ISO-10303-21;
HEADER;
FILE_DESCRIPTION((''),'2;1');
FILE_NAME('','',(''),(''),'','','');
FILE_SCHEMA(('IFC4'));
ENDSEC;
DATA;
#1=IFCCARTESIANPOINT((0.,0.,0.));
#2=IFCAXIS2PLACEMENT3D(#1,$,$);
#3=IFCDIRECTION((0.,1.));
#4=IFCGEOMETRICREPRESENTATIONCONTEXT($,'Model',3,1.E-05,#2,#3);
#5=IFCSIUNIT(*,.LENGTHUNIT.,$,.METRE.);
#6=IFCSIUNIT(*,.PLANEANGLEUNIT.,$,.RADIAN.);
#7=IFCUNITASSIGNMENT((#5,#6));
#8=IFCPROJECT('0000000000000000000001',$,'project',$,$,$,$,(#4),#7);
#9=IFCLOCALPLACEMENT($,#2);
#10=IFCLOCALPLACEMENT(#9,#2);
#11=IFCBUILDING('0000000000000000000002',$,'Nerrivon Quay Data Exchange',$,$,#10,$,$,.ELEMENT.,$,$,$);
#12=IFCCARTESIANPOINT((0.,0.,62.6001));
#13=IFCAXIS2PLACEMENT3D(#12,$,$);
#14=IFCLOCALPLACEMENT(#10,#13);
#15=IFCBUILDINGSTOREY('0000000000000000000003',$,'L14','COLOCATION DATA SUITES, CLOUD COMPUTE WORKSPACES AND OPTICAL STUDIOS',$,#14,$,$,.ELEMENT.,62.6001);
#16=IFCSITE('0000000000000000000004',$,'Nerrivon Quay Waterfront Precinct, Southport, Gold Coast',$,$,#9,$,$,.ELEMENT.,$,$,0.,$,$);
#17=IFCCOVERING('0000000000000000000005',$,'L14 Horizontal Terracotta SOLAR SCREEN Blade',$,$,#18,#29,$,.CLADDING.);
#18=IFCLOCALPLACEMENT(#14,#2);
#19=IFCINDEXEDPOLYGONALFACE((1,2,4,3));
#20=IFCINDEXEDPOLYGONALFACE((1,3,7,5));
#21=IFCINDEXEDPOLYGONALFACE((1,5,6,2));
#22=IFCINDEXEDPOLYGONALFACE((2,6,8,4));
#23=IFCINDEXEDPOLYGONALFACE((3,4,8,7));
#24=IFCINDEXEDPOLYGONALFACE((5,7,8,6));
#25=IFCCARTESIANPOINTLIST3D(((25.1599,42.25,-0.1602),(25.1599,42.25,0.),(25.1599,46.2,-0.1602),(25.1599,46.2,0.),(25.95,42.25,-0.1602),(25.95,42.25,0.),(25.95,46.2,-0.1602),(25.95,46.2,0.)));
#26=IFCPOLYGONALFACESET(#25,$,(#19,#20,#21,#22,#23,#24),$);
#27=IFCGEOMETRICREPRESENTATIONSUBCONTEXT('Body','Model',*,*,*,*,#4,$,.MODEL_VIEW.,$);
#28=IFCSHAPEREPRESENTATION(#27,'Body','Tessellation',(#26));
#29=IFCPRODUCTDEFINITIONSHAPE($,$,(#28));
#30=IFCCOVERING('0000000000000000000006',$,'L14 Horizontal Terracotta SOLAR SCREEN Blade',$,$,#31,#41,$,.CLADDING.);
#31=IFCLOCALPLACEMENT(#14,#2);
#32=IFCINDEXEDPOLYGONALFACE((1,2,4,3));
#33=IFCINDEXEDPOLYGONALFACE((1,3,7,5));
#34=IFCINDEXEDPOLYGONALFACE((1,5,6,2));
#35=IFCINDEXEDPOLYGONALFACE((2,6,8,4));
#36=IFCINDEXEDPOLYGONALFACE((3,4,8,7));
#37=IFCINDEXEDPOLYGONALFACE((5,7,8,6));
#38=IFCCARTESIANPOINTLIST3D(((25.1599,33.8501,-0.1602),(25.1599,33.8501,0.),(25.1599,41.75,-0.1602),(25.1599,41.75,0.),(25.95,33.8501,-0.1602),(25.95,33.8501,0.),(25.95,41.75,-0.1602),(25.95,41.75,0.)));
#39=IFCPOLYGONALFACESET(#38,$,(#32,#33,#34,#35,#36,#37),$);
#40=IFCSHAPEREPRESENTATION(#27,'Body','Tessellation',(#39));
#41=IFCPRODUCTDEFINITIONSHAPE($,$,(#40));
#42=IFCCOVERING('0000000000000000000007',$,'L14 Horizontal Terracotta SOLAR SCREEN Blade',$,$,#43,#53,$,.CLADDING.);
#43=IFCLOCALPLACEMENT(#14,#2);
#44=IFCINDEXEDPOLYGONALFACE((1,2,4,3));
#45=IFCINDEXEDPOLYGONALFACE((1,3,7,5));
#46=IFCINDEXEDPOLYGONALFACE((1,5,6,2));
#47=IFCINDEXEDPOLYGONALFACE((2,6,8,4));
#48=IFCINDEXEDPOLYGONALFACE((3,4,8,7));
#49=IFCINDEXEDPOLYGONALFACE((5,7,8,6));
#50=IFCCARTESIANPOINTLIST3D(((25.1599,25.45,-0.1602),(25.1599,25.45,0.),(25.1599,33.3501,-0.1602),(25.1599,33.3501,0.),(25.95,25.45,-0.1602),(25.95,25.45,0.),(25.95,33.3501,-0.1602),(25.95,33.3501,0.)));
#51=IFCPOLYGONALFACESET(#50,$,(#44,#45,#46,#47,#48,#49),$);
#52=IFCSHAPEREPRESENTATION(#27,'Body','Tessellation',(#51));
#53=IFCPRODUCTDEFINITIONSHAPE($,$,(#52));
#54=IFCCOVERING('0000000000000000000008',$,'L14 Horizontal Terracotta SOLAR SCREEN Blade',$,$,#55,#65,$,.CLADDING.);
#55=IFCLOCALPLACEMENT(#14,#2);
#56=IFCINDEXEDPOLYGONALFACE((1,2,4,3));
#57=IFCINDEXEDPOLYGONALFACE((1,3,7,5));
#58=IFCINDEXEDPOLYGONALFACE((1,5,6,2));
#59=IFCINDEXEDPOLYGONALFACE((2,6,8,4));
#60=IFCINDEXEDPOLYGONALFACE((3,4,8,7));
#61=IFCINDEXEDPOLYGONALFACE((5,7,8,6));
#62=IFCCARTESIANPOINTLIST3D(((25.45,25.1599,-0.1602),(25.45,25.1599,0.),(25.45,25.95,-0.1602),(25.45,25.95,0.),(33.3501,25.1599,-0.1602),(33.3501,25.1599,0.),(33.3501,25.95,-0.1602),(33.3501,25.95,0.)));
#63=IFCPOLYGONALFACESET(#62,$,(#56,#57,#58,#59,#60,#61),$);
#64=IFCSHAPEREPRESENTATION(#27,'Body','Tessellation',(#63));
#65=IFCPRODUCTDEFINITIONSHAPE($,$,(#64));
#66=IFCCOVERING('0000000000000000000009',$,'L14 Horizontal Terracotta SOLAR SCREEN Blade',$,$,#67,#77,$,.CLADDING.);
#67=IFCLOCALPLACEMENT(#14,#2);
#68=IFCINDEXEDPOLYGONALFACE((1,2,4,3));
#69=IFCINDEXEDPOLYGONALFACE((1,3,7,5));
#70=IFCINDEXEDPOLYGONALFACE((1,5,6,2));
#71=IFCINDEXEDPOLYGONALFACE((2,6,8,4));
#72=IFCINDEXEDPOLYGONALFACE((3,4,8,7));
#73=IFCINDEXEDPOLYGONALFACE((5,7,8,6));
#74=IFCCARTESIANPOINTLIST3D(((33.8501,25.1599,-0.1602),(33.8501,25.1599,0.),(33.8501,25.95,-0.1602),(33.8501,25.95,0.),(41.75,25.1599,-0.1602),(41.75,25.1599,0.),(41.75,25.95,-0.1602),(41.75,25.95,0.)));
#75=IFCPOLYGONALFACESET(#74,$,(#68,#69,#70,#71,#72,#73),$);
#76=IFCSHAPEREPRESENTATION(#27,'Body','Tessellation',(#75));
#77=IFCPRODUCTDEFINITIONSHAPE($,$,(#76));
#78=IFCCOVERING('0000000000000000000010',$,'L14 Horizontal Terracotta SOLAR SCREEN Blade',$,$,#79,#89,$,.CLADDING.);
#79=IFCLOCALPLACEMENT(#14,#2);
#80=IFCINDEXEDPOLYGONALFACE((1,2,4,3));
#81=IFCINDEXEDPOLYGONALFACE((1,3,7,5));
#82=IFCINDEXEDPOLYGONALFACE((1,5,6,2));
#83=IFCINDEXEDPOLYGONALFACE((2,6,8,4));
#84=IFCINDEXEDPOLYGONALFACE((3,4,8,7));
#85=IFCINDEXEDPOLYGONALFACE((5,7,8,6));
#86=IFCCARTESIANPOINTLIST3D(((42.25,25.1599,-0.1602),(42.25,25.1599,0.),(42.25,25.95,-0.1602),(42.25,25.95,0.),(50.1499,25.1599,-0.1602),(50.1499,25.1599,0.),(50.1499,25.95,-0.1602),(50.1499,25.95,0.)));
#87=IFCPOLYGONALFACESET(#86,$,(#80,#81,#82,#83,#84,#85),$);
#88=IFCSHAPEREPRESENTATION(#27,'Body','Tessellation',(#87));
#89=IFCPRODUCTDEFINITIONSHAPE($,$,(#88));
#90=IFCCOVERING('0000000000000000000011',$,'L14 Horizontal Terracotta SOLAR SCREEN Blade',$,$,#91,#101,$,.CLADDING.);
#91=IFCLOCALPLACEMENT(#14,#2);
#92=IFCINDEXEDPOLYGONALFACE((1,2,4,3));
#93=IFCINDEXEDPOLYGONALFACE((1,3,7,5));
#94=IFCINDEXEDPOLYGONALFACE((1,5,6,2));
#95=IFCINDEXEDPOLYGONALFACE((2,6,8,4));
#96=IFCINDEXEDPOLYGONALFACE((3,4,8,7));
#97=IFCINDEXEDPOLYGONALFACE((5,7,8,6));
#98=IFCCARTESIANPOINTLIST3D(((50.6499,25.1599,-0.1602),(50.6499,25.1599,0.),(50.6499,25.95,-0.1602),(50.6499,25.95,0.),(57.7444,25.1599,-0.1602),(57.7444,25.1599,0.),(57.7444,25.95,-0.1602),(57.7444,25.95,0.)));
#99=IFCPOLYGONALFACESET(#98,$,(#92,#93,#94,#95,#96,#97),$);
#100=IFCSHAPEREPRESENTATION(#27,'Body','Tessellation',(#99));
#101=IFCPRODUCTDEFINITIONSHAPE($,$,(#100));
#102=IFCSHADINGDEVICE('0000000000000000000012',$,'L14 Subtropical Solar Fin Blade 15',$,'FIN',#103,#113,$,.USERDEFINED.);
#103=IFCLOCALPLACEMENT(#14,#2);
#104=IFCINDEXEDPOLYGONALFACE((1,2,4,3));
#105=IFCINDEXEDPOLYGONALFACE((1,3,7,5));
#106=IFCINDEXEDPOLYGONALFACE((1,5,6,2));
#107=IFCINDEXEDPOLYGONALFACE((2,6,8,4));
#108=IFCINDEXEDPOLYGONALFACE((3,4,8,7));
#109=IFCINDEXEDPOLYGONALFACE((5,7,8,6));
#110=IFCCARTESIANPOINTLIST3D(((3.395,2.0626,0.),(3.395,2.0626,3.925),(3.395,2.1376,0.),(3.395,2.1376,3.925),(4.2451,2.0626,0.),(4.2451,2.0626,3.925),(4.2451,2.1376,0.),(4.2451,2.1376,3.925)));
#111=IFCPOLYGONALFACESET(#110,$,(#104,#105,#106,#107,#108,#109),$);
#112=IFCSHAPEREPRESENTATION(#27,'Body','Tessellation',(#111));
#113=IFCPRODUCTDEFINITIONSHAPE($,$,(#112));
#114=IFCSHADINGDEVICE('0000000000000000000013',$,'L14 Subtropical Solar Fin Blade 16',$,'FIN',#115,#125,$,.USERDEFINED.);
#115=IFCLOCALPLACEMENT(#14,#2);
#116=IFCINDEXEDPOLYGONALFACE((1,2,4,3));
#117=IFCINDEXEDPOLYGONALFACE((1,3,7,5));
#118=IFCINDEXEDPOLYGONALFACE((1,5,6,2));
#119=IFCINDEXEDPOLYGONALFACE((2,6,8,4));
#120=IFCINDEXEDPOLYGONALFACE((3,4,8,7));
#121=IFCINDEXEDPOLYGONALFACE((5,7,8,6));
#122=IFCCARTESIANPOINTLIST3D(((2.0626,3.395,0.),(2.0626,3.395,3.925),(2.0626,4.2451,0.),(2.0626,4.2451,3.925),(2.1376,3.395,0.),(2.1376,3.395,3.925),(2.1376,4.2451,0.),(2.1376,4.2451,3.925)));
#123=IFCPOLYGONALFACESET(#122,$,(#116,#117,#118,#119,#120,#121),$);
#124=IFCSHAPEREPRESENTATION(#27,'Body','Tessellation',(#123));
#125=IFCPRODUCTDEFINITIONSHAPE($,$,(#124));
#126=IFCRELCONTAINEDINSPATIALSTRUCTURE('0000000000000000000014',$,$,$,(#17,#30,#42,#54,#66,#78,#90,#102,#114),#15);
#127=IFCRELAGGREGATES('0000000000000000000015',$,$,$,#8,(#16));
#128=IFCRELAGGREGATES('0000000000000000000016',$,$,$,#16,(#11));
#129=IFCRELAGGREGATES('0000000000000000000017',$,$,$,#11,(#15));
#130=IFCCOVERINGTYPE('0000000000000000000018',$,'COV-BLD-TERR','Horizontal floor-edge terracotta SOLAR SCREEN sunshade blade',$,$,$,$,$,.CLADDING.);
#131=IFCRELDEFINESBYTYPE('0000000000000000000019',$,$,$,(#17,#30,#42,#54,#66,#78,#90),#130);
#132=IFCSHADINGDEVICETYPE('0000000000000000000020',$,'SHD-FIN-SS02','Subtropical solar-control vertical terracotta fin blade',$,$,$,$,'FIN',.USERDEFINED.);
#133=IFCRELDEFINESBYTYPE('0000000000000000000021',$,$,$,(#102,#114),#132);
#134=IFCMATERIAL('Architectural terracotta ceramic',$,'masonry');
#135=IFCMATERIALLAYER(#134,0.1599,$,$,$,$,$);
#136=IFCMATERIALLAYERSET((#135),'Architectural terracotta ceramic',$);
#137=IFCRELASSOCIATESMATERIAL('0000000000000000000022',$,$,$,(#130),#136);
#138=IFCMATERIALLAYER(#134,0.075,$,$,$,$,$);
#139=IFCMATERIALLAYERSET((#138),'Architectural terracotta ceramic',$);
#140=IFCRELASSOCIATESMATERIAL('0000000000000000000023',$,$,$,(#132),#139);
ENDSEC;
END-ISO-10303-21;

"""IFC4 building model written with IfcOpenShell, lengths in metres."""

from ifc_helpers import new_model, si_unit, direction, frame, origin, origin_2d, place, context, subcontext, project, spatial, polyline, rectangle, outline, extrude, material, layer, layer_set, type_object, element, save


model = new_model("IFC4")

# Units and contexts
model_context = context("Model", 3, precision=1e-05, world=origin(), true_north=direction((0.0, 1.0)))
body_context = subcontext(model_context, "Body", "Model", "MODEL_VIEW")
ifc_project = project(units=[si_unit("LENGTHUNIT", "METRE"), si_unit("PLANEANGLEUNIT", "RADIAN")], contexts=[model_context])

# Site, building, storey
site_placement = place(None, origin())
site = spatial("IfcSite", under=ifc_project, at=site_placement, Name="Nerrivon Quay Waterfront Precinct, Southport, Gold Coast", CompositionType="ELEMENT", RefElevation=0.0)
building_placement = place(site_placement, origin())
building = spatial("IfcBuilding", under=site, at=building_placement, Name="Nerrivon Quay Data Exchange", CompositionType="ELEMENT")
storey_placement = place(building_placement, frame((0.0, 0.0, 62.6001)))
storey = spatial("IfcBuildingStorey", under=building, at=storey_placement, Name="L14", Description="COLOCATION DATA SUITES, CLOUD COMPUTE WORKSPACES AND OPTICAL STUDIOS", CompositionType="ELEMENT", Elevation=62.6001)

# Coverings
ifc_material_1 = material(Name="Architectural terracotta ceramic", Category="masonry")
ifc_layer_1 = layer(ifc_material_1, 0.1599)
ifc_layer_set_1 = layer_set([ifc_layer_1], Name="Architectural terracotta ceramic")
covering_type = type_object("IfcCoveringType", Name="COV-BLD-TERR", Description="Horizontal floor-edge terracotta SOLAR SCREEN sunshade blade", PredefinedType="CLADDING", material=ifc_layer_set_1)
covering_1_placement = place(storey_placement, frame((0.0, 0.0, -0.1602)))
element("IfcCovering", 1, at=covering_1_placement, inside=storey, type_object=covering_type, Name="L14 Horizontal Terracotta SOLAR SCREEN Blade", PredefinedType="CLADDING", context=body_context, shape_type="SweptSolid", body=[
    extrude(outline(polyline([(25.1599, 46.2), (25.1599, 42.25), (25.95, 42.25), (25.95, 46.2), (25.1599, 46.2)])), origin(), (0.0, 0.0, 1.0), 0.1602),
])
covering_2_placement = place(storey_placement, frame((0.0, 0.0, -0.1602)))
element("IfcCovering", 2, at=covering_2_placement, inside=storey, type_object=covering_type, Name="L14 Horizontal Terracotta SOLAR SCREEN Blade", PredefinedType="CLADDING", context=body_context, shape_type="SweptSolid", body=[
    extrude(outline(polyline([(25.1599, 41.75), (25.1599, 33.8501), (25.95, 33.8501), (25.95, 41.75), (25.1599, 41.75)])), origin(), (0.0, 0.0, 1.0), 0.1602),
])
covering_3_placement = place(storey_placement, frame((0.0, 0.0, -0.1602)))
element("IfcCovering", 3, at=covering_3_placement, inside=storey, type_object=covering_type, Name="L14 Horizontal Terracotta SOLAR SCREEN Blade", PredefinedType="CLADDING", context=body_context, shape_type="SweptSolid", body=[
    extrude(outline(polyline([(25.1599, 33.3501), (25.1599, 25.45), (25.95, 25.45), (25.95, 33.3501), (25.1599, 33.3501)])), origin(), (0.0, 0.0, 1.0), 0.1602),
])
covering_4_placement = place(storey_placement, frame((0.0, 0.0, -0.1602)))
element("IfcCovering", 4, at=covering_4_placement, inside=storey, type_object=covering_type, Name="L14 Horizontal Terracotta SOLAR SCREEN Blade", PredefinedType="CLADDING", context=body_context, shape_type="SweptSolid", body=[
    extrude(outline(polyline([(25.45, 25.1599), (33.3501, 25.1599), (33.3501, 25.95), (25.45, 25.95), (25.45, 25.1599)])), origin(), (0.0, 0.0, 1.0), 0.1602),
])
covering_5_placement = place(storey_placement, frame((0.0, 0.0, -0.1602)))
element("IfcCovering", 5, at=covering_5_placement, inside=storey, type_object=covering_type, Name="L14 Horizontal Terracotta SOLAR SCREEN Blade", PredefinedType="CLADDING", context=body_context, shape_type="SweptSolid", body=[
    extrude(outline(polyline([(33.8501, 25.1599), (41.75, 25.1599), (41.75, 25.95), (33.8501, 25.95), (33.8501, 25.1599)])), origin(), (0.0, 0.0, 1.0), 0.1602),
])
covering_6_placement = place(storey_placement, frame((0.0, 0.0, -0.1602)))
element("IfcCovering", 6, at=covering_6_placement, inside=storey, type_object=covering_type, Name="L14 Horizontal Terracotta SOLAR SCREEN Blade", PredefinedType="CLADDING", context=body_context, shape_type="SweptSolid", body=[
    extrude(outline(polyline([(42.25, 25.1599), (50.1499, 25.1599), (50.1499, 25.95), (42.25, 25.95), (42.25, 25.1599)])), origin(), (0.0, 0.0, 1.0), 0.1602),
])
covering_7_placement = place(storey_placement, frame((0.0, 0.0, -0.1602)))
element("IfcCovering", 7, at=covering_7_placement, inside=storey, type_object=covering_type, Name="L14 Horizontal Terracotta SOLAR SCREEN Blade", PredefinedType="CLADDING", context=body_context, shape_type="SweptSolid", body=[
    extrude(outline(polyline([(50.6499, 25.1599), (57.7444, 25.1599), (57.7444, 25.95), (50.6499, 25.95), (50.6499, 25.1599)])), origin(), (0.0, 0.0, 1.0), 0.1602),
])

# Shading devices
ifc_layer_2 = layer(ifc_material_1, 0.075)
ifc_layer_set_2 = layer_set([ifc_layer_2], Name="Architectural terracotta ceramic")
shading_device_type = type_object("IfcShadingDeviceType", Name="SHD-FIN-SS02", Description="Subtropical solar-control vertical terracotta fin blade", ElementType="FIN", PredefinedType="USERDEFINED", material=ifc_layer_set_2)
for number, where, z_axis, x_axis, name in (
    (8, (3.8201, 2.1001, 0.0), (0.0, 0.0, 1.0), (0.0, 1.0, 0.0), "L14 Subtropical Solar Fin Blade 15"),
    (9, (2.1001, 3.8201, 0.0), (0.0, 0.0, 1.0), (-1.0, 0.0, 0.0), "L14 Subtropical Solar Fin Blade 16"),
):
    element("IfcShadingDevice", number, at=place(storey_placement, frame(where, z_axis=z_axis, x_axis=x_axis)), inside=storey, type_object=shading_device_type, Name=name, ObjectType="FIN", PredefinedType="USERDEFINED", context=body_context, shape_type="SweptSolid", body=[
        extrude(rectangle(XDim=0.075, YDim=0.8501, at=origin_2d()), origin(), (0.0, 0.0, 1.0), 3.925),
    ])

save(model, "model.ifc")
